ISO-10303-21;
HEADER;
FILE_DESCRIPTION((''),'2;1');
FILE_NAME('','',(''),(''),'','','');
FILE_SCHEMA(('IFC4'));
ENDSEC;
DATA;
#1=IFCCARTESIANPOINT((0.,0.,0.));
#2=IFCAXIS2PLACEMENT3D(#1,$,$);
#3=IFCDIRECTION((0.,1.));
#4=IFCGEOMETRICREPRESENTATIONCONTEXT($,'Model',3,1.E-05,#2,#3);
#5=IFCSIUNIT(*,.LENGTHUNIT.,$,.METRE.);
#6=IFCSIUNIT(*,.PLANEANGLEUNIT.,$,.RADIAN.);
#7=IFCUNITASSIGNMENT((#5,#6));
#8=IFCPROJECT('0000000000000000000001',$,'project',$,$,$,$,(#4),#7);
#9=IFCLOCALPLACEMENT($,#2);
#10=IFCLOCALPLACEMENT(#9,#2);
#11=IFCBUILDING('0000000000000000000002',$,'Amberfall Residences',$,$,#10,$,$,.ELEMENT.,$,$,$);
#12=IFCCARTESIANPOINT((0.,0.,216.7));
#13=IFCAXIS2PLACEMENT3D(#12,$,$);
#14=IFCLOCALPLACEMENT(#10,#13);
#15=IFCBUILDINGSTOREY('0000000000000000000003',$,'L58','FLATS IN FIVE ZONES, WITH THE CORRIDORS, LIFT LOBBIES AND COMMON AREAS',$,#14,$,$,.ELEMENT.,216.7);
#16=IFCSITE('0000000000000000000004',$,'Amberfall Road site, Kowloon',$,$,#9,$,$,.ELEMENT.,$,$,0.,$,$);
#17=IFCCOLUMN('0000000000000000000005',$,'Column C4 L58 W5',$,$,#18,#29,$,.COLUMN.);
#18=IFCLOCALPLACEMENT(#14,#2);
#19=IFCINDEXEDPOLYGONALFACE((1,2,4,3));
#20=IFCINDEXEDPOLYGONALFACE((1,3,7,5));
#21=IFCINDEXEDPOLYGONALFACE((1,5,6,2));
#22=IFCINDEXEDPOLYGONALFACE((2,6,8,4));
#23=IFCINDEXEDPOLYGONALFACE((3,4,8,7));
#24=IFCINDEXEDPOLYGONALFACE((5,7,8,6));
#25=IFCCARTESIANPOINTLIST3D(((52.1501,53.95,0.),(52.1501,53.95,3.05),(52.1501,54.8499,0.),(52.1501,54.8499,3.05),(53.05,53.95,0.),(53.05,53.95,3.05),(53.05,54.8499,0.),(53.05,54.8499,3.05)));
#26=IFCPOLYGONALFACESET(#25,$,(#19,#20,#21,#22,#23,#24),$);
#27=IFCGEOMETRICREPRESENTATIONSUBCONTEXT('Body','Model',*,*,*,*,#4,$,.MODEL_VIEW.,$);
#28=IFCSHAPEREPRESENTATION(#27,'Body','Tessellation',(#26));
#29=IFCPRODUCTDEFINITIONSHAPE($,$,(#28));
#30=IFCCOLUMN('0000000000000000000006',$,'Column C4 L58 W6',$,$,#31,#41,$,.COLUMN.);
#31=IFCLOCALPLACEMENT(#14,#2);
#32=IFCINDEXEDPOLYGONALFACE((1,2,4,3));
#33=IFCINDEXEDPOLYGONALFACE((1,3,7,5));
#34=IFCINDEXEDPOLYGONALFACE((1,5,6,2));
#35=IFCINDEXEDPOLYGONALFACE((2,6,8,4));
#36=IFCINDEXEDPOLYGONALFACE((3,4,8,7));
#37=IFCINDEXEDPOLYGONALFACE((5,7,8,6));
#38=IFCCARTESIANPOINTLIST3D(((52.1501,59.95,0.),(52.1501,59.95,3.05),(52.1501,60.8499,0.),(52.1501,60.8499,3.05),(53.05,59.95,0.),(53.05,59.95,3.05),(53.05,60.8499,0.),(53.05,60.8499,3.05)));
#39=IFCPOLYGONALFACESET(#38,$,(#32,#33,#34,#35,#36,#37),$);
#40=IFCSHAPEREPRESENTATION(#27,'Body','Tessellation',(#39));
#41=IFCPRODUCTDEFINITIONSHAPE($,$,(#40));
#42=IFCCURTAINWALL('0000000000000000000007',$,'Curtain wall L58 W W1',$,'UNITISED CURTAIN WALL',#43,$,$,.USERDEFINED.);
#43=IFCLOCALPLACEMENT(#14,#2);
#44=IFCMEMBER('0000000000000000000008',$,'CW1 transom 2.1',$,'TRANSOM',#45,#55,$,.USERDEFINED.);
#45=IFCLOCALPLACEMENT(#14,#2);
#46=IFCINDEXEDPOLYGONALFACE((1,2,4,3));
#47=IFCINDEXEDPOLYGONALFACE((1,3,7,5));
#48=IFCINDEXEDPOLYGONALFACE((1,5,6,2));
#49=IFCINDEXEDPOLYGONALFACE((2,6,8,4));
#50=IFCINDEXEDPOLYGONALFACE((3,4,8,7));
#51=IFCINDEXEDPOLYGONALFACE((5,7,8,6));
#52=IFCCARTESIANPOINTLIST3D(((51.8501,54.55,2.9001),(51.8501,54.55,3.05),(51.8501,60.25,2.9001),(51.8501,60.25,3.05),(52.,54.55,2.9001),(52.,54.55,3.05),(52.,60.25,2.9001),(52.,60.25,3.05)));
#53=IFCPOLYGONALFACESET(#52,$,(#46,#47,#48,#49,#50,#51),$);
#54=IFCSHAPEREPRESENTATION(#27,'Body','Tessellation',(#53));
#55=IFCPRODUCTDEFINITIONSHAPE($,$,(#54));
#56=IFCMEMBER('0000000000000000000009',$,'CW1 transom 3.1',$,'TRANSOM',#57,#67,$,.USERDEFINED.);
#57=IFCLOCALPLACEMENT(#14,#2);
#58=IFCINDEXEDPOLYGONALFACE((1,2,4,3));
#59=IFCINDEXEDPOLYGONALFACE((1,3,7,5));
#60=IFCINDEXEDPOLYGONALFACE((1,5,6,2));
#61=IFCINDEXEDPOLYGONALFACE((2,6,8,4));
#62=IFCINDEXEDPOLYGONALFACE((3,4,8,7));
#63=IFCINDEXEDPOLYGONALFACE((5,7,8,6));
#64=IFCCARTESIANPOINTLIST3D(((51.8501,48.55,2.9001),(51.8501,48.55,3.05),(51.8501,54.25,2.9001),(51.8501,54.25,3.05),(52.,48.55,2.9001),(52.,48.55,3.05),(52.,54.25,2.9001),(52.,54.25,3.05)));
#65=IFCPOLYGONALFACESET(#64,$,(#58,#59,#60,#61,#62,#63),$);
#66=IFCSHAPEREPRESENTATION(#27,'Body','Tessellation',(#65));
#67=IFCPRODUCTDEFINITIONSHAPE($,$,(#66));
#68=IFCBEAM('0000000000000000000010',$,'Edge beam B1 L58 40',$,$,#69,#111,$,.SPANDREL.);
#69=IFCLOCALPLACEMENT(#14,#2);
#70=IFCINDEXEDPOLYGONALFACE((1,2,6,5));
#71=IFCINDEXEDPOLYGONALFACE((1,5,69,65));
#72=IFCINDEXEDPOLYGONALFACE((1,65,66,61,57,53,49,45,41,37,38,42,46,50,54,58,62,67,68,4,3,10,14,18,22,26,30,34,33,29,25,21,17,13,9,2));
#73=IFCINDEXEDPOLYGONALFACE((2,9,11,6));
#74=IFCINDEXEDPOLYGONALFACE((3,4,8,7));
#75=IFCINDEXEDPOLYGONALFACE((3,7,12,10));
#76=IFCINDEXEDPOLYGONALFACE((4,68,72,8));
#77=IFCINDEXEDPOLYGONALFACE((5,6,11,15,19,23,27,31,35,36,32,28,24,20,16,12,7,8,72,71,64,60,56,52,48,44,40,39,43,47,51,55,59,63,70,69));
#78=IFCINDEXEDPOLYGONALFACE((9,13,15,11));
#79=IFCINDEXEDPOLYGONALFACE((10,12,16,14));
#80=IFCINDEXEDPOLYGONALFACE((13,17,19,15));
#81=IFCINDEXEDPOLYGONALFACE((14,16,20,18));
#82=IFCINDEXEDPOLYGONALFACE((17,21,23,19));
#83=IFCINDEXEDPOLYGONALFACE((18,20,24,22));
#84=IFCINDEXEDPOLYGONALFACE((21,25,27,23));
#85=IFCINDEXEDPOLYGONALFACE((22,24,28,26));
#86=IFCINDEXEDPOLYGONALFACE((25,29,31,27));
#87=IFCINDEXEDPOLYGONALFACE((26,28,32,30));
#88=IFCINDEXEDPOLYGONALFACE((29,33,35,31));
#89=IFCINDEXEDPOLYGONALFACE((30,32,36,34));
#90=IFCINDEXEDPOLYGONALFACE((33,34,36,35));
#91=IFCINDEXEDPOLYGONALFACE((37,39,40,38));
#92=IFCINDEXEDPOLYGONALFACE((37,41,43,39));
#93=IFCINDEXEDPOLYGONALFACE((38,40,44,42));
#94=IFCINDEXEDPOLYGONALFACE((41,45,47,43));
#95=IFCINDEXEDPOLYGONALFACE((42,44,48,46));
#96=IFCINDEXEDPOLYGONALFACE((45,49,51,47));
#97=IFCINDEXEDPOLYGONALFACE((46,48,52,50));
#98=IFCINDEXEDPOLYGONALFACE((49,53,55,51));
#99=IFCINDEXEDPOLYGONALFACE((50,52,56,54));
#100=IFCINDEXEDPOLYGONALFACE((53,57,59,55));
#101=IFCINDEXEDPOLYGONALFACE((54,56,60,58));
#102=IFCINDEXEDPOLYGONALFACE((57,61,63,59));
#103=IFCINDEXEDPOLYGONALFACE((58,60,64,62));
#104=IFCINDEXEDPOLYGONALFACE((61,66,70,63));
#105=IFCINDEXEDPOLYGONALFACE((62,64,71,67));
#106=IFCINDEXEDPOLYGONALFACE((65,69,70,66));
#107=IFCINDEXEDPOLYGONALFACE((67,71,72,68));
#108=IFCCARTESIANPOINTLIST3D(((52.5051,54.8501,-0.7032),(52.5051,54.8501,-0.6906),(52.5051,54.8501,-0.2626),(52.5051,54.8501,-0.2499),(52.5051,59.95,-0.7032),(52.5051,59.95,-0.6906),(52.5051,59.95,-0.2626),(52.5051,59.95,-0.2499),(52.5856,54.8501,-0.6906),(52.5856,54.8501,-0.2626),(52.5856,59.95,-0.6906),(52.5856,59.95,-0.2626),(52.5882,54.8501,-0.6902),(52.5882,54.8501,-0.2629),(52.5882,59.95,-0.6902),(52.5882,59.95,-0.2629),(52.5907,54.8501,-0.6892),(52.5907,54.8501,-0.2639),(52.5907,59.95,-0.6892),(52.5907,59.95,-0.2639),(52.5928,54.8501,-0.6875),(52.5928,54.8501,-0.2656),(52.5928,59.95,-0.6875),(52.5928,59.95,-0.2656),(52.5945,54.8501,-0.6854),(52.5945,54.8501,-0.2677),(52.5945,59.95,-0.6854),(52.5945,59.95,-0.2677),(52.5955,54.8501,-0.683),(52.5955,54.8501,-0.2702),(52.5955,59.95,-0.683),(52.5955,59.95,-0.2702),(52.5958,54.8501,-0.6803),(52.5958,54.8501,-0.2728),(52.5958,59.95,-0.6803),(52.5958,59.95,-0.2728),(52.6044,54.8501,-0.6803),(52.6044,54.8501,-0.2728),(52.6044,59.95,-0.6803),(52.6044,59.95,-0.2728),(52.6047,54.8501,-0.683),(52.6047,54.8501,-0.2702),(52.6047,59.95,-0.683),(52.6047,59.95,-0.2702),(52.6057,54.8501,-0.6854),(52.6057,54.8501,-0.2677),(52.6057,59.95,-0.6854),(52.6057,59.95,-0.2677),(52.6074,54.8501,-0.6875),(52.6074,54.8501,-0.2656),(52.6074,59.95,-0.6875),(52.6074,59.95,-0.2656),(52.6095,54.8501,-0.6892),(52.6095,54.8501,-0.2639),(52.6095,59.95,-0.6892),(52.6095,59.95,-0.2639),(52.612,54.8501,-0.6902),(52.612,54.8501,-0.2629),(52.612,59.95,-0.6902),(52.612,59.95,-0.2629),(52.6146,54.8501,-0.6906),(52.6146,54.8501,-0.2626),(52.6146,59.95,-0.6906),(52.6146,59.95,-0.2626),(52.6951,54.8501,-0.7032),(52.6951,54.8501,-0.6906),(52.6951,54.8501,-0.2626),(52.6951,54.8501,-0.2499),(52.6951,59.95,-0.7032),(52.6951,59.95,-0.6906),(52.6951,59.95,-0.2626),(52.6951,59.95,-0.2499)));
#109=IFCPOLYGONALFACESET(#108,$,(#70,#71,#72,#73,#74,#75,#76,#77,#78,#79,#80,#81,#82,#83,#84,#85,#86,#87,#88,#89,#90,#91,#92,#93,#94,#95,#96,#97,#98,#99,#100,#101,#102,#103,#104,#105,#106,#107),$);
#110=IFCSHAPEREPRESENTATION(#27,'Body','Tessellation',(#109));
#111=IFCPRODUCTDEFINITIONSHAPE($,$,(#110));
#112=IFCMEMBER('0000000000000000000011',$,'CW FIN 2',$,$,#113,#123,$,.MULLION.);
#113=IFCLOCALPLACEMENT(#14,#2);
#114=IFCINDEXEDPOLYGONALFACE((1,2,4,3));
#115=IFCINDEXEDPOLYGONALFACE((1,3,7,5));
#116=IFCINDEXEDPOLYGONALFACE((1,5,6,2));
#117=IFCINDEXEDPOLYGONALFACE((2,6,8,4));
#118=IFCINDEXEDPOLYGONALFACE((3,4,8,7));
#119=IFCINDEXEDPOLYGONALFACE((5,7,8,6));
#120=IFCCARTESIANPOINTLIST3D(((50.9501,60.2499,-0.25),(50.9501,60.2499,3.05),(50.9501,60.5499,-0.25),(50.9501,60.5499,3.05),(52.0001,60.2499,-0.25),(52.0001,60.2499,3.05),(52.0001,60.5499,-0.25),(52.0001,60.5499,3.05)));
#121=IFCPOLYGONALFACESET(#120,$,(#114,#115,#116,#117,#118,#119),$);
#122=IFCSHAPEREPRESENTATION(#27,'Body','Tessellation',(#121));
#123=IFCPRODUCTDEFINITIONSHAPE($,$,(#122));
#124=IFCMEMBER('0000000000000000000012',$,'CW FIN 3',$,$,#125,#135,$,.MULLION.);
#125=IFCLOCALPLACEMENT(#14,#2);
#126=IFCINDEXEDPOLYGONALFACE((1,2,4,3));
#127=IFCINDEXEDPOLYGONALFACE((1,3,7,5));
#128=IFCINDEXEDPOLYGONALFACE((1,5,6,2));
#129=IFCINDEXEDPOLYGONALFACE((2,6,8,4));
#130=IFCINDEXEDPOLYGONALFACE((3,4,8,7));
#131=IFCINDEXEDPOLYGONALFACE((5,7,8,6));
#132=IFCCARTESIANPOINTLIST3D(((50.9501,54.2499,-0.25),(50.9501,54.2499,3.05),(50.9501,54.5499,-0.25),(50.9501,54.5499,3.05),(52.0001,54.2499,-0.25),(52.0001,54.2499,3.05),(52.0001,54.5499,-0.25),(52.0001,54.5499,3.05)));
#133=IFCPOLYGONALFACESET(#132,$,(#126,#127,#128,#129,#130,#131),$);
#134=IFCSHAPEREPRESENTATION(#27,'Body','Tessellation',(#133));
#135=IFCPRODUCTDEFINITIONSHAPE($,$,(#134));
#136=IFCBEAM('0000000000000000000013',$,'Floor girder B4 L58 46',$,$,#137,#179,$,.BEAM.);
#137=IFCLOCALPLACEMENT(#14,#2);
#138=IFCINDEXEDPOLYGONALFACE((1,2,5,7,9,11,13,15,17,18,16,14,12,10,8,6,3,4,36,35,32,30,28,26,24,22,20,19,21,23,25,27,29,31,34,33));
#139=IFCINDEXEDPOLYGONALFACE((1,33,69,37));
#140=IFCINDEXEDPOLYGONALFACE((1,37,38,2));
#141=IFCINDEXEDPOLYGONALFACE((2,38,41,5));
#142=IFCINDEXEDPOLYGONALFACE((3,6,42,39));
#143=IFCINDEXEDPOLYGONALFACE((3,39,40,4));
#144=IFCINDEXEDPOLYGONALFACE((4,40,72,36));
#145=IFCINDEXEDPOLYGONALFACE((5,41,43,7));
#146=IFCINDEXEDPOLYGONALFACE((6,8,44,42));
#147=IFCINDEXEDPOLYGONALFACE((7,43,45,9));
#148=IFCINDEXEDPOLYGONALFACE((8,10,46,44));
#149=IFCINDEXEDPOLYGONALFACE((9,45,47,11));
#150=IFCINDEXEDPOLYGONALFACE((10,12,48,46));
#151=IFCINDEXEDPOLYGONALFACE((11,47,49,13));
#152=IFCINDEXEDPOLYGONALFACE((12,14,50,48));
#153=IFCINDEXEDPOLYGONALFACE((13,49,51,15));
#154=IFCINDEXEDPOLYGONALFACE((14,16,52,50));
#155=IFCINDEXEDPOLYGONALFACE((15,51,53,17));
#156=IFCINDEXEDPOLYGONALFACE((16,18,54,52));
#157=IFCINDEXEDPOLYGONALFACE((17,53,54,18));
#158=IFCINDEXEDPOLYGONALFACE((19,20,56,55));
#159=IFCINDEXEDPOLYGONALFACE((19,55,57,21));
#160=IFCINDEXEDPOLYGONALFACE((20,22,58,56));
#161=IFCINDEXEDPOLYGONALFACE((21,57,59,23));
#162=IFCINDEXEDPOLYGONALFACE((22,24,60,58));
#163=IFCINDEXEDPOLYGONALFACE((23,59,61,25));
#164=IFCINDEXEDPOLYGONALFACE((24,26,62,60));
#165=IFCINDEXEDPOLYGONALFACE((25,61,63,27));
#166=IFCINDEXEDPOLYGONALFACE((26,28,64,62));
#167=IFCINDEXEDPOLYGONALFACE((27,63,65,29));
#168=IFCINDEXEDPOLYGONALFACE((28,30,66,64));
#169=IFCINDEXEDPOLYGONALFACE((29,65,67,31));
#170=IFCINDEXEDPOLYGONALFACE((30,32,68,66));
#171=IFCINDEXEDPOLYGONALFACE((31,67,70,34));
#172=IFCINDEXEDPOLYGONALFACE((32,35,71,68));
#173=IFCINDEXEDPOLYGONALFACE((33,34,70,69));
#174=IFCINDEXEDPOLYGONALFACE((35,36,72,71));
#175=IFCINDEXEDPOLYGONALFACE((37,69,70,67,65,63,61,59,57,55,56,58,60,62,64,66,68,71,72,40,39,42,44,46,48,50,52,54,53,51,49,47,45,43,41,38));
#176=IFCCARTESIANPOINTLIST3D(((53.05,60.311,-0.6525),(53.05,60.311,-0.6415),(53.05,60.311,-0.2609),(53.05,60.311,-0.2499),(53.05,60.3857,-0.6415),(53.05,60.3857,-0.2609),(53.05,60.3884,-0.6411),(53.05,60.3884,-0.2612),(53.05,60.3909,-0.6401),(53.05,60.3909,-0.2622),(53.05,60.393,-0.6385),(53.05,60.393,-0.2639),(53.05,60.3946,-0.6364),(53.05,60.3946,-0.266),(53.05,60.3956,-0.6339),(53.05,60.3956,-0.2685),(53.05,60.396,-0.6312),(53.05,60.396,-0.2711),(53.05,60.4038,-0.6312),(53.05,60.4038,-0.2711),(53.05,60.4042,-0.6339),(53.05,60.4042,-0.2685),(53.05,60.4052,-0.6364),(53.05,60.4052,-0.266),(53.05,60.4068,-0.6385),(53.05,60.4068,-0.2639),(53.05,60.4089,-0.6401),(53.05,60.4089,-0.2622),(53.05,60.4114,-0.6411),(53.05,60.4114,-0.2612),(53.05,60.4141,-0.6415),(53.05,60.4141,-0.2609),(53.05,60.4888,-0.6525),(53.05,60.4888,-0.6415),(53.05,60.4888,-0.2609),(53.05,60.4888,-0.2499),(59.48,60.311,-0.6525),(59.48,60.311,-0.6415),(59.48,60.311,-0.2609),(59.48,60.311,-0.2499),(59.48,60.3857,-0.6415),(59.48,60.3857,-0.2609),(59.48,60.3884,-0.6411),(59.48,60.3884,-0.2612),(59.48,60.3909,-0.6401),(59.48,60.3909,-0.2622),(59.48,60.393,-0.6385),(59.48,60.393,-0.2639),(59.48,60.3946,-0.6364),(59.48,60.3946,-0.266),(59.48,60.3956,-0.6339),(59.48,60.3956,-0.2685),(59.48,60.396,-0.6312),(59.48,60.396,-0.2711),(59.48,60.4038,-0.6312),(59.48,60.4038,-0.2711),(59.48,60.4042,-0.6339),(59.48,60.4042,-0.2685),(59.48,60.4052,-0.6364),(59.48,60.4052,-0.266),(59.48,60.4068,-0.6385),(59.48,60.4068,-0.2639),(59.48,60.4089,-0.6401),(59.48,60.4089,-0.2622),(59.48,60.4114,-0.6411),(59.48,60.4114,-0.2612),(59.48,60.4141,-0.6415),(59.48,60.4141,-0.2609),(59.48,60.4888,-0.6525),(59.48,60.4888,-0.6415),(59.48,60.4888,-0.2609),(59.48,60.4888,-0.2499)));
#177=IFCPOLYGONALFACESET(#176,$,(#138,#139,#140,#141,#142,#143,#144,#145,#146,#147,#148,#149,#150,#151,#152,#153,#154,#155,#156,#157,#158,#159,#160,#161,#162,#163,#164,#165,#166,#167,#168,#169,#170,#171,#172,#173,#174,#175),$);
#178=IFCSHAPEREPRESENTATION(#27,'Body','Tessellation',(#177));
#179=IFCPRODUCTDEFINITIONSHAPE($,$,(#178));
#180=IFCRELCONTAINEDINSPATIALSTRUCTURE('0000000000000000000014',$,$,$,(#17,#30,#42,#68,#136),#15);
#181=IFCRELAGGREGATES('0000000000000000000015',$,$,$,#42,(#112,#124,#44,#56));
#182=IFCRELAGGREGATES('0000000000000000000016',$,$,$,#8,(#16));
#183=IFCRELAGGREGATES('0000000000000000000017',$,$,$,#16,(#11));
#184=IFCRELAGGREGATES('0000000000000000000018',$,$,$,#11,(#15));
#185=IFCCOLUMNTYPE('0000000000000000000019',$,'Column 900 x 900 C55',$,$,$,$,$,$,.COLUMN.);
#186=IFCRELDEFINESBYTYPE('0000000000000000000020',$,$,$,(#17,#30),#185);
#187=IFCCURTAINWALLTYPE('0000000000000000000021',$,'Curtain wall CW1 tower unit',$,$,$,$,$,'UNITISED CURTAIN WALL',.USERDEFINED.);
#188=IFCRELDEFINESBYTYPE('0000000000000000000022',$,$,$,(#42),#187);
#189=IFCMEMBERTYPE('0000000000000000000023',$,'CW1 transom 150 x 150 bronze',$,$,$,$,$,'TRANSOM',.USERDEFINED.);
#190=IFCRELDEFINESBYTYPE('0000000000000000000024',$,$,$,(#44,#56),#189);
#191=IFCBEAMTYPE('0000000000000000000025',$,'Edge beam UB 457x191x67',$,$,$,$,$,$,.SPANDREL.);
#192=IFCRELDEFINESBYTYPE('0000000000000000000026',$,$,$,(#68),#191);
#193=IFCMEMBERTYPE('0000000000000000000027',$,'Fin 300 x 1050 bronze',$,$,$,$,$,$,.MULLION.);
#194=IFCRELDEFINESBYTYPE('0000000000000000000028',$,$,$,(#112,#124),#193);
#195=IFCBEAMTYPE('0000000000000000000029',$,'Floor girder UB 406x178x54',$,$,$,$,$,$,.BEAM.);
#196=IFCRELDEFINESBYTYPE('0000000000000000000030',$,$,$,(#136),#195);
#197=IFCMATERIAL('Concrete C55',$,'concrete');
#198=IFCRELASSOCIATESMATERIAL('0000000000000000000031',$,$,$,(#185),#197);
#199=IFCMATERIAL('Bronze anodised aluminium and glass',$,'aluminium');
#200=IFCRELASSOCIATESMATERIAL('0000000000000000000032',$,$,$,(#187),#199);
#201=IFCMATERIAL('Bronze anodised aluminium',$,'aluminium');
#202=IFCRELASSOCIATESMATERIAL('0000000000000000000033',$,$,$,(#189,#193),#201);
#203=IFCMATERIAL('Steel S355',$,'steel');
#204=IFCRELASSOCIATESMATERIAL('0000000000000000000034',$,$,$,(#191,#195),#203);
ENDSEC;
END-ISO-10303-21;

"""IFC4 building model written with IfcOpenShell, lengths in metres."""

from ifc_helpers import new_model, si_unit, direction, frame, origin, origin_2d, place, context, subcontext, project, spatial, rectangle, i_section, extrude, material, material_profile, profile_set, type_object, element, aggregate, save


model = new_model("IFC4")

# Units and contexts
model_context = context("Model", 3, precision=1e-05, world=origin(), true_north=direction((0.0, 1.0)))
body_context = subcontext(model_context, "Body", "Model", "MODEL_VIEW")
ifc_project = project(units=[si_unit("LENGTHUNIT", "METRE"), si_unit("PLANEANGLEUNIT", "RADIAN")], contexts=[model_context])

# Site, building, storey
site_placement = place(None, origin())
site = spatial("IfcSite", under=ifc_project, at=site_placement, Name="Amberfall Road site, Kowloon", CompositionType="ELEMENT", RefElevation=0.0)
building_placement = place(site_placement, origin())
building = spatial("IfcBuilding", under=site, at=building_placement, Name="Amberfall Residences", CompositionType="ELEMENT")
storey_placement = place(building_placement, frame((0.0, 0.0, 216.7)))
storey = spatial("IfcBuildingStorey", under=building, at=storey_placement, Name="L58", Description="FLATS IN FIVE ZONES, WITH THE CORRIDORS, LIFT LOBBIES AND COMMON AREAS", CompositionType="ELEMENT", Elevation=216.7)

# Columns
ifc_material_1 = material(Name="Concrete C55", Category="concrete")
ifc_material_profile_1 = material_profile(ifc_material_1, rectangle(XDim=0.8999, YDim=0.8999, at=origin_2d()), Name="Column 900 x 900 C55")
ifc_profile_set_1 = profile_set([ifc_material_profile_1], Name="Concrete C55")
column_type = type_object("IfcColumnType", Name="Column 900 x 900 C55", PredefinedType="COLUMN", material=ifc_profile_set_1)
for number, where, z_axis, x_axis, name in (
    (1, (52.6001, 54.3999, 0.0), (0.0, 0.0, 1.0), (1.0, 0.0, 0.0), "Column C4 L58 W5"),
    (2, (52.6001, 60.3999, 0.0), (0.0, 0.0, 1.0), (1.0, 0.0, 0.0), "Column C4 L58 W6"),
):
    element("IfcColumn", number, at=place(storey_placement, frame(where, z_axis=z_axis, x_axis=x_axis)), inside=storey, type_object=column_type, Name=name, PredefinedType="COLUMN", context=body_context, shape_type="SweptSolid", body=[
        extrude(rectangle(XDim=0.8999, YDim=0.8999, at=origin_2d()), origin(), (0.0, 0.0, 1.0), 3.05),
    ])

# Curtain wall, members
ifc_material_2 = material(Name="Bronze anodised aluminium and glass", Category="aluminium")
curtain_wall_type = type_object("IfcCurtainWallType", Name="Curtain wall CW1 tower unit", ElementType="UNITISED CURTAIN WALL", PredefinedType="USERDEFINED", material=ifc_material_2)
curtain_wall_placement = place(storey_placement, origin())
curtain_wall = element("IfcCurtainWall", 3, at=curtain_wall_placement, inside=storey, type_object=curtain_wall_type, Name="Curtain wall L58 W W1", ObjectType="UNITISED CURTAIN WALL", PredefinedType="USERDEFINED")
ifc_material_3 = material(Name="Bronze anodised aluminium", Category="aluminium")
ifc_material_profile_2 = material_profile(ifc_material_3, rectangle(XDim=0.1499, YDim=0.1499, at=origin_2d()), Name="CW1 transom 150 x 150 bronze")
ifc_profile_set_2 = profile_set([ifc_material_profile_2], Name="Bronze anodised aluminium")
member_type_1 = type_object("IfcMemberType", Name="CW1 transom 150 x 150 bronze", ElementType="TRANSOM", PredefinedType="USERDEFINED", material=ifc_profile_set_2)
member_1_placement = place(storey_placement, frame((51.925, 60.25, 2.9751), z_axis=(0.0, -1.0, 0.0), x_axis=(1.0, 0.0, 0.0)))
member_1 = element("IfcMember", 4, at=member_1_placement, type_object=member_type_1, Name="CW1 transom 2.1", ObjectType="TRANSOM", PredefinedType="USERDEFINED", context=body_context, shape_type="SweptSolid", body=[
    extrude(rectangle(XDim=0.1499, YDim=0.1499, at=origin_2d()), origin(), (0.0, 0.0, 1.0), 5.7),
])
member_2_placement = place(storey_placement, frame((51.925, 54.25, 2.9751), z_axis=(0.0, -1.0, 0.0), x_axis=(1.0, 0.0, 0.0)))
member_2 = element("IfcMember", 5, at=member_2_placement, type_object=member_type_1, Name="CW1 transom 3.1", ObjectType="TRANSOM", PredefinedType="USERDEFINED", context=body_context, shape_type="SweptSolid", body=[
    extrude(rectangle(XDim=0.1499, YDim=0.1499, at=origin_2d()), origin(), (0.0, 0.0, 1.0), 5.7),
])

# Beam
ifc_material_4 = material(Name="Steel S355", Category="steel")
ifc_material_profile_3 = material_profile(ifc_material_4, i_section(OverallWidth=0.1899, OverallDepth=0.4534, WebThickness=0.0085, FlangeThickness=0.0127, FilletRadius=0.0103, at=origin_2d()), Name="UB 457x191x67")
ifc_profile_set_3 = profile_set([ifc_material_profile_3], Name="Steel S355")
beam_type_1 = type_object("IfcBeamType", Name="Edge beam UB 457x191x67", PredefinedType="SPANDREL", material=ifc_profile_set_3)
beam_1_placement = place(storey_placement, frame((52.6001, 54.8501, -0.4766), z_axis=(0.0, 1.0, 0.0), x_axis=(-1.0, 0.0, 0.0)))
element("IfcBeam", 6, at=beam_1_placement, inside=storey, type_object=beam_type_1, Name="Edge beam B1 L58 40", PredefinedType="SPANDREL", context=body_context, shape_type="SweptSolid", body=[
    extrude(i_section(OverallWidth=0.1899, OverallDepth=0.4534, WebThickness=0.0085, FlangeThickness=0.0127, FilletRadius=0.0103, at=origin_2d()), origin(), (0.0, 0.0, 1.0), 5.0999),
])

# Members
ifc_material_profile_4 = material_profile(ifc_material_3, rectangle(XDim=1.05, YDim=0.3, at=origin_2d()), Name="Fin 300 x 1050 bronze")
ifc_profile_set_4 = profile_set([ifc_material_profile_4], Name="Bronze anodised aluminium")
member_type_2 = type_object("IfcMemberType", Name="Fin 300 x 1050 bronze", PredefinedType="MULLION", material=ifc_profile_set_4)
member_3_placement = place(storey_placement, frame((51.4751, 60.3999, -0.25), z_axis=(0.0, 0.0, 1.0), x_axis=(1.0, 0.0, 0.0)))
member_3 = element("IfcMember", 7, at=member_3_placement, type_object=member_type_2, Name="CW FIN 2", PredefinedType="MULLION", context=body_context, shape_type="SweptSolid", body=[
    extrude(rectangle(XDim=1.05, YDim=0.3, at=origin_2d()), origin(), (0.0, 0.0, 1.0), 3.3),
])
member_4_placement = place(storey_placement, frame((51.4751, 54.3999, -0.25), z_axis=(0.0, 0.0, 1.0), x_axis=(1.0, 0.0, 0.0)))
member_4 = element("IfcMember", 8, at=member_4_placement, type_object=member_type_2, Name="CW FIN 3", PredefinedType="MULLION", context=body_context, shape_type="SweptSolid", body=[
    extrude(rectangle(XDim=1.05, YDim=0.3, at=origin_2d()), origin(), (0.0, 0.0, 1.0), 3.3),
])

# Beam
ifc_material_profile_5 = material_profile(ifc_material_4, i_section(OverallWidth=0.1777, OverallDepth=0.4026, WebThickness=0.0078, FlangeThickness=0.011, FilletRadius=0.0103, at=origin_2d()), Name="UB 406x178x54")
ifc_profile_set_5 = profile_set([ifc_material_profile_5], Name="Steel S355")
beam_type_2 = type_object("IfcBeamType", Name="Floor girder UB 406x178x54", PredefinedType="BEAM", material=ifc_profile_set_5)
beam_2_placement = place(storey_placement, frame((53.05, 60.3999, -0.4512), z_axis=(1.0, 0.0, 0.0), x_axis=(0.0, 1.0, 0.0)))
element("IfcBeam", 9, at=beam_2_placement, inside=storey, type_object=beam_type_2, Name="Floor girder B4 L58 46", PredefinedType="BEAM", context=body_context, shape_type="SweptSolid", body=[
    extrude(i_section(OverallWidth=0.1777, OverallDepth=0.4026, WebThickness=0.0078, FlangeThickness=0.011, FilletRadius=0.0103, at=origin_2d()), origin(), (0.0, 0.0, 1.0), 6.4299),
])

aggregate(curtain_wall, [member_3, member_4, member_1, member_2])

save(model, "model.ifc")
